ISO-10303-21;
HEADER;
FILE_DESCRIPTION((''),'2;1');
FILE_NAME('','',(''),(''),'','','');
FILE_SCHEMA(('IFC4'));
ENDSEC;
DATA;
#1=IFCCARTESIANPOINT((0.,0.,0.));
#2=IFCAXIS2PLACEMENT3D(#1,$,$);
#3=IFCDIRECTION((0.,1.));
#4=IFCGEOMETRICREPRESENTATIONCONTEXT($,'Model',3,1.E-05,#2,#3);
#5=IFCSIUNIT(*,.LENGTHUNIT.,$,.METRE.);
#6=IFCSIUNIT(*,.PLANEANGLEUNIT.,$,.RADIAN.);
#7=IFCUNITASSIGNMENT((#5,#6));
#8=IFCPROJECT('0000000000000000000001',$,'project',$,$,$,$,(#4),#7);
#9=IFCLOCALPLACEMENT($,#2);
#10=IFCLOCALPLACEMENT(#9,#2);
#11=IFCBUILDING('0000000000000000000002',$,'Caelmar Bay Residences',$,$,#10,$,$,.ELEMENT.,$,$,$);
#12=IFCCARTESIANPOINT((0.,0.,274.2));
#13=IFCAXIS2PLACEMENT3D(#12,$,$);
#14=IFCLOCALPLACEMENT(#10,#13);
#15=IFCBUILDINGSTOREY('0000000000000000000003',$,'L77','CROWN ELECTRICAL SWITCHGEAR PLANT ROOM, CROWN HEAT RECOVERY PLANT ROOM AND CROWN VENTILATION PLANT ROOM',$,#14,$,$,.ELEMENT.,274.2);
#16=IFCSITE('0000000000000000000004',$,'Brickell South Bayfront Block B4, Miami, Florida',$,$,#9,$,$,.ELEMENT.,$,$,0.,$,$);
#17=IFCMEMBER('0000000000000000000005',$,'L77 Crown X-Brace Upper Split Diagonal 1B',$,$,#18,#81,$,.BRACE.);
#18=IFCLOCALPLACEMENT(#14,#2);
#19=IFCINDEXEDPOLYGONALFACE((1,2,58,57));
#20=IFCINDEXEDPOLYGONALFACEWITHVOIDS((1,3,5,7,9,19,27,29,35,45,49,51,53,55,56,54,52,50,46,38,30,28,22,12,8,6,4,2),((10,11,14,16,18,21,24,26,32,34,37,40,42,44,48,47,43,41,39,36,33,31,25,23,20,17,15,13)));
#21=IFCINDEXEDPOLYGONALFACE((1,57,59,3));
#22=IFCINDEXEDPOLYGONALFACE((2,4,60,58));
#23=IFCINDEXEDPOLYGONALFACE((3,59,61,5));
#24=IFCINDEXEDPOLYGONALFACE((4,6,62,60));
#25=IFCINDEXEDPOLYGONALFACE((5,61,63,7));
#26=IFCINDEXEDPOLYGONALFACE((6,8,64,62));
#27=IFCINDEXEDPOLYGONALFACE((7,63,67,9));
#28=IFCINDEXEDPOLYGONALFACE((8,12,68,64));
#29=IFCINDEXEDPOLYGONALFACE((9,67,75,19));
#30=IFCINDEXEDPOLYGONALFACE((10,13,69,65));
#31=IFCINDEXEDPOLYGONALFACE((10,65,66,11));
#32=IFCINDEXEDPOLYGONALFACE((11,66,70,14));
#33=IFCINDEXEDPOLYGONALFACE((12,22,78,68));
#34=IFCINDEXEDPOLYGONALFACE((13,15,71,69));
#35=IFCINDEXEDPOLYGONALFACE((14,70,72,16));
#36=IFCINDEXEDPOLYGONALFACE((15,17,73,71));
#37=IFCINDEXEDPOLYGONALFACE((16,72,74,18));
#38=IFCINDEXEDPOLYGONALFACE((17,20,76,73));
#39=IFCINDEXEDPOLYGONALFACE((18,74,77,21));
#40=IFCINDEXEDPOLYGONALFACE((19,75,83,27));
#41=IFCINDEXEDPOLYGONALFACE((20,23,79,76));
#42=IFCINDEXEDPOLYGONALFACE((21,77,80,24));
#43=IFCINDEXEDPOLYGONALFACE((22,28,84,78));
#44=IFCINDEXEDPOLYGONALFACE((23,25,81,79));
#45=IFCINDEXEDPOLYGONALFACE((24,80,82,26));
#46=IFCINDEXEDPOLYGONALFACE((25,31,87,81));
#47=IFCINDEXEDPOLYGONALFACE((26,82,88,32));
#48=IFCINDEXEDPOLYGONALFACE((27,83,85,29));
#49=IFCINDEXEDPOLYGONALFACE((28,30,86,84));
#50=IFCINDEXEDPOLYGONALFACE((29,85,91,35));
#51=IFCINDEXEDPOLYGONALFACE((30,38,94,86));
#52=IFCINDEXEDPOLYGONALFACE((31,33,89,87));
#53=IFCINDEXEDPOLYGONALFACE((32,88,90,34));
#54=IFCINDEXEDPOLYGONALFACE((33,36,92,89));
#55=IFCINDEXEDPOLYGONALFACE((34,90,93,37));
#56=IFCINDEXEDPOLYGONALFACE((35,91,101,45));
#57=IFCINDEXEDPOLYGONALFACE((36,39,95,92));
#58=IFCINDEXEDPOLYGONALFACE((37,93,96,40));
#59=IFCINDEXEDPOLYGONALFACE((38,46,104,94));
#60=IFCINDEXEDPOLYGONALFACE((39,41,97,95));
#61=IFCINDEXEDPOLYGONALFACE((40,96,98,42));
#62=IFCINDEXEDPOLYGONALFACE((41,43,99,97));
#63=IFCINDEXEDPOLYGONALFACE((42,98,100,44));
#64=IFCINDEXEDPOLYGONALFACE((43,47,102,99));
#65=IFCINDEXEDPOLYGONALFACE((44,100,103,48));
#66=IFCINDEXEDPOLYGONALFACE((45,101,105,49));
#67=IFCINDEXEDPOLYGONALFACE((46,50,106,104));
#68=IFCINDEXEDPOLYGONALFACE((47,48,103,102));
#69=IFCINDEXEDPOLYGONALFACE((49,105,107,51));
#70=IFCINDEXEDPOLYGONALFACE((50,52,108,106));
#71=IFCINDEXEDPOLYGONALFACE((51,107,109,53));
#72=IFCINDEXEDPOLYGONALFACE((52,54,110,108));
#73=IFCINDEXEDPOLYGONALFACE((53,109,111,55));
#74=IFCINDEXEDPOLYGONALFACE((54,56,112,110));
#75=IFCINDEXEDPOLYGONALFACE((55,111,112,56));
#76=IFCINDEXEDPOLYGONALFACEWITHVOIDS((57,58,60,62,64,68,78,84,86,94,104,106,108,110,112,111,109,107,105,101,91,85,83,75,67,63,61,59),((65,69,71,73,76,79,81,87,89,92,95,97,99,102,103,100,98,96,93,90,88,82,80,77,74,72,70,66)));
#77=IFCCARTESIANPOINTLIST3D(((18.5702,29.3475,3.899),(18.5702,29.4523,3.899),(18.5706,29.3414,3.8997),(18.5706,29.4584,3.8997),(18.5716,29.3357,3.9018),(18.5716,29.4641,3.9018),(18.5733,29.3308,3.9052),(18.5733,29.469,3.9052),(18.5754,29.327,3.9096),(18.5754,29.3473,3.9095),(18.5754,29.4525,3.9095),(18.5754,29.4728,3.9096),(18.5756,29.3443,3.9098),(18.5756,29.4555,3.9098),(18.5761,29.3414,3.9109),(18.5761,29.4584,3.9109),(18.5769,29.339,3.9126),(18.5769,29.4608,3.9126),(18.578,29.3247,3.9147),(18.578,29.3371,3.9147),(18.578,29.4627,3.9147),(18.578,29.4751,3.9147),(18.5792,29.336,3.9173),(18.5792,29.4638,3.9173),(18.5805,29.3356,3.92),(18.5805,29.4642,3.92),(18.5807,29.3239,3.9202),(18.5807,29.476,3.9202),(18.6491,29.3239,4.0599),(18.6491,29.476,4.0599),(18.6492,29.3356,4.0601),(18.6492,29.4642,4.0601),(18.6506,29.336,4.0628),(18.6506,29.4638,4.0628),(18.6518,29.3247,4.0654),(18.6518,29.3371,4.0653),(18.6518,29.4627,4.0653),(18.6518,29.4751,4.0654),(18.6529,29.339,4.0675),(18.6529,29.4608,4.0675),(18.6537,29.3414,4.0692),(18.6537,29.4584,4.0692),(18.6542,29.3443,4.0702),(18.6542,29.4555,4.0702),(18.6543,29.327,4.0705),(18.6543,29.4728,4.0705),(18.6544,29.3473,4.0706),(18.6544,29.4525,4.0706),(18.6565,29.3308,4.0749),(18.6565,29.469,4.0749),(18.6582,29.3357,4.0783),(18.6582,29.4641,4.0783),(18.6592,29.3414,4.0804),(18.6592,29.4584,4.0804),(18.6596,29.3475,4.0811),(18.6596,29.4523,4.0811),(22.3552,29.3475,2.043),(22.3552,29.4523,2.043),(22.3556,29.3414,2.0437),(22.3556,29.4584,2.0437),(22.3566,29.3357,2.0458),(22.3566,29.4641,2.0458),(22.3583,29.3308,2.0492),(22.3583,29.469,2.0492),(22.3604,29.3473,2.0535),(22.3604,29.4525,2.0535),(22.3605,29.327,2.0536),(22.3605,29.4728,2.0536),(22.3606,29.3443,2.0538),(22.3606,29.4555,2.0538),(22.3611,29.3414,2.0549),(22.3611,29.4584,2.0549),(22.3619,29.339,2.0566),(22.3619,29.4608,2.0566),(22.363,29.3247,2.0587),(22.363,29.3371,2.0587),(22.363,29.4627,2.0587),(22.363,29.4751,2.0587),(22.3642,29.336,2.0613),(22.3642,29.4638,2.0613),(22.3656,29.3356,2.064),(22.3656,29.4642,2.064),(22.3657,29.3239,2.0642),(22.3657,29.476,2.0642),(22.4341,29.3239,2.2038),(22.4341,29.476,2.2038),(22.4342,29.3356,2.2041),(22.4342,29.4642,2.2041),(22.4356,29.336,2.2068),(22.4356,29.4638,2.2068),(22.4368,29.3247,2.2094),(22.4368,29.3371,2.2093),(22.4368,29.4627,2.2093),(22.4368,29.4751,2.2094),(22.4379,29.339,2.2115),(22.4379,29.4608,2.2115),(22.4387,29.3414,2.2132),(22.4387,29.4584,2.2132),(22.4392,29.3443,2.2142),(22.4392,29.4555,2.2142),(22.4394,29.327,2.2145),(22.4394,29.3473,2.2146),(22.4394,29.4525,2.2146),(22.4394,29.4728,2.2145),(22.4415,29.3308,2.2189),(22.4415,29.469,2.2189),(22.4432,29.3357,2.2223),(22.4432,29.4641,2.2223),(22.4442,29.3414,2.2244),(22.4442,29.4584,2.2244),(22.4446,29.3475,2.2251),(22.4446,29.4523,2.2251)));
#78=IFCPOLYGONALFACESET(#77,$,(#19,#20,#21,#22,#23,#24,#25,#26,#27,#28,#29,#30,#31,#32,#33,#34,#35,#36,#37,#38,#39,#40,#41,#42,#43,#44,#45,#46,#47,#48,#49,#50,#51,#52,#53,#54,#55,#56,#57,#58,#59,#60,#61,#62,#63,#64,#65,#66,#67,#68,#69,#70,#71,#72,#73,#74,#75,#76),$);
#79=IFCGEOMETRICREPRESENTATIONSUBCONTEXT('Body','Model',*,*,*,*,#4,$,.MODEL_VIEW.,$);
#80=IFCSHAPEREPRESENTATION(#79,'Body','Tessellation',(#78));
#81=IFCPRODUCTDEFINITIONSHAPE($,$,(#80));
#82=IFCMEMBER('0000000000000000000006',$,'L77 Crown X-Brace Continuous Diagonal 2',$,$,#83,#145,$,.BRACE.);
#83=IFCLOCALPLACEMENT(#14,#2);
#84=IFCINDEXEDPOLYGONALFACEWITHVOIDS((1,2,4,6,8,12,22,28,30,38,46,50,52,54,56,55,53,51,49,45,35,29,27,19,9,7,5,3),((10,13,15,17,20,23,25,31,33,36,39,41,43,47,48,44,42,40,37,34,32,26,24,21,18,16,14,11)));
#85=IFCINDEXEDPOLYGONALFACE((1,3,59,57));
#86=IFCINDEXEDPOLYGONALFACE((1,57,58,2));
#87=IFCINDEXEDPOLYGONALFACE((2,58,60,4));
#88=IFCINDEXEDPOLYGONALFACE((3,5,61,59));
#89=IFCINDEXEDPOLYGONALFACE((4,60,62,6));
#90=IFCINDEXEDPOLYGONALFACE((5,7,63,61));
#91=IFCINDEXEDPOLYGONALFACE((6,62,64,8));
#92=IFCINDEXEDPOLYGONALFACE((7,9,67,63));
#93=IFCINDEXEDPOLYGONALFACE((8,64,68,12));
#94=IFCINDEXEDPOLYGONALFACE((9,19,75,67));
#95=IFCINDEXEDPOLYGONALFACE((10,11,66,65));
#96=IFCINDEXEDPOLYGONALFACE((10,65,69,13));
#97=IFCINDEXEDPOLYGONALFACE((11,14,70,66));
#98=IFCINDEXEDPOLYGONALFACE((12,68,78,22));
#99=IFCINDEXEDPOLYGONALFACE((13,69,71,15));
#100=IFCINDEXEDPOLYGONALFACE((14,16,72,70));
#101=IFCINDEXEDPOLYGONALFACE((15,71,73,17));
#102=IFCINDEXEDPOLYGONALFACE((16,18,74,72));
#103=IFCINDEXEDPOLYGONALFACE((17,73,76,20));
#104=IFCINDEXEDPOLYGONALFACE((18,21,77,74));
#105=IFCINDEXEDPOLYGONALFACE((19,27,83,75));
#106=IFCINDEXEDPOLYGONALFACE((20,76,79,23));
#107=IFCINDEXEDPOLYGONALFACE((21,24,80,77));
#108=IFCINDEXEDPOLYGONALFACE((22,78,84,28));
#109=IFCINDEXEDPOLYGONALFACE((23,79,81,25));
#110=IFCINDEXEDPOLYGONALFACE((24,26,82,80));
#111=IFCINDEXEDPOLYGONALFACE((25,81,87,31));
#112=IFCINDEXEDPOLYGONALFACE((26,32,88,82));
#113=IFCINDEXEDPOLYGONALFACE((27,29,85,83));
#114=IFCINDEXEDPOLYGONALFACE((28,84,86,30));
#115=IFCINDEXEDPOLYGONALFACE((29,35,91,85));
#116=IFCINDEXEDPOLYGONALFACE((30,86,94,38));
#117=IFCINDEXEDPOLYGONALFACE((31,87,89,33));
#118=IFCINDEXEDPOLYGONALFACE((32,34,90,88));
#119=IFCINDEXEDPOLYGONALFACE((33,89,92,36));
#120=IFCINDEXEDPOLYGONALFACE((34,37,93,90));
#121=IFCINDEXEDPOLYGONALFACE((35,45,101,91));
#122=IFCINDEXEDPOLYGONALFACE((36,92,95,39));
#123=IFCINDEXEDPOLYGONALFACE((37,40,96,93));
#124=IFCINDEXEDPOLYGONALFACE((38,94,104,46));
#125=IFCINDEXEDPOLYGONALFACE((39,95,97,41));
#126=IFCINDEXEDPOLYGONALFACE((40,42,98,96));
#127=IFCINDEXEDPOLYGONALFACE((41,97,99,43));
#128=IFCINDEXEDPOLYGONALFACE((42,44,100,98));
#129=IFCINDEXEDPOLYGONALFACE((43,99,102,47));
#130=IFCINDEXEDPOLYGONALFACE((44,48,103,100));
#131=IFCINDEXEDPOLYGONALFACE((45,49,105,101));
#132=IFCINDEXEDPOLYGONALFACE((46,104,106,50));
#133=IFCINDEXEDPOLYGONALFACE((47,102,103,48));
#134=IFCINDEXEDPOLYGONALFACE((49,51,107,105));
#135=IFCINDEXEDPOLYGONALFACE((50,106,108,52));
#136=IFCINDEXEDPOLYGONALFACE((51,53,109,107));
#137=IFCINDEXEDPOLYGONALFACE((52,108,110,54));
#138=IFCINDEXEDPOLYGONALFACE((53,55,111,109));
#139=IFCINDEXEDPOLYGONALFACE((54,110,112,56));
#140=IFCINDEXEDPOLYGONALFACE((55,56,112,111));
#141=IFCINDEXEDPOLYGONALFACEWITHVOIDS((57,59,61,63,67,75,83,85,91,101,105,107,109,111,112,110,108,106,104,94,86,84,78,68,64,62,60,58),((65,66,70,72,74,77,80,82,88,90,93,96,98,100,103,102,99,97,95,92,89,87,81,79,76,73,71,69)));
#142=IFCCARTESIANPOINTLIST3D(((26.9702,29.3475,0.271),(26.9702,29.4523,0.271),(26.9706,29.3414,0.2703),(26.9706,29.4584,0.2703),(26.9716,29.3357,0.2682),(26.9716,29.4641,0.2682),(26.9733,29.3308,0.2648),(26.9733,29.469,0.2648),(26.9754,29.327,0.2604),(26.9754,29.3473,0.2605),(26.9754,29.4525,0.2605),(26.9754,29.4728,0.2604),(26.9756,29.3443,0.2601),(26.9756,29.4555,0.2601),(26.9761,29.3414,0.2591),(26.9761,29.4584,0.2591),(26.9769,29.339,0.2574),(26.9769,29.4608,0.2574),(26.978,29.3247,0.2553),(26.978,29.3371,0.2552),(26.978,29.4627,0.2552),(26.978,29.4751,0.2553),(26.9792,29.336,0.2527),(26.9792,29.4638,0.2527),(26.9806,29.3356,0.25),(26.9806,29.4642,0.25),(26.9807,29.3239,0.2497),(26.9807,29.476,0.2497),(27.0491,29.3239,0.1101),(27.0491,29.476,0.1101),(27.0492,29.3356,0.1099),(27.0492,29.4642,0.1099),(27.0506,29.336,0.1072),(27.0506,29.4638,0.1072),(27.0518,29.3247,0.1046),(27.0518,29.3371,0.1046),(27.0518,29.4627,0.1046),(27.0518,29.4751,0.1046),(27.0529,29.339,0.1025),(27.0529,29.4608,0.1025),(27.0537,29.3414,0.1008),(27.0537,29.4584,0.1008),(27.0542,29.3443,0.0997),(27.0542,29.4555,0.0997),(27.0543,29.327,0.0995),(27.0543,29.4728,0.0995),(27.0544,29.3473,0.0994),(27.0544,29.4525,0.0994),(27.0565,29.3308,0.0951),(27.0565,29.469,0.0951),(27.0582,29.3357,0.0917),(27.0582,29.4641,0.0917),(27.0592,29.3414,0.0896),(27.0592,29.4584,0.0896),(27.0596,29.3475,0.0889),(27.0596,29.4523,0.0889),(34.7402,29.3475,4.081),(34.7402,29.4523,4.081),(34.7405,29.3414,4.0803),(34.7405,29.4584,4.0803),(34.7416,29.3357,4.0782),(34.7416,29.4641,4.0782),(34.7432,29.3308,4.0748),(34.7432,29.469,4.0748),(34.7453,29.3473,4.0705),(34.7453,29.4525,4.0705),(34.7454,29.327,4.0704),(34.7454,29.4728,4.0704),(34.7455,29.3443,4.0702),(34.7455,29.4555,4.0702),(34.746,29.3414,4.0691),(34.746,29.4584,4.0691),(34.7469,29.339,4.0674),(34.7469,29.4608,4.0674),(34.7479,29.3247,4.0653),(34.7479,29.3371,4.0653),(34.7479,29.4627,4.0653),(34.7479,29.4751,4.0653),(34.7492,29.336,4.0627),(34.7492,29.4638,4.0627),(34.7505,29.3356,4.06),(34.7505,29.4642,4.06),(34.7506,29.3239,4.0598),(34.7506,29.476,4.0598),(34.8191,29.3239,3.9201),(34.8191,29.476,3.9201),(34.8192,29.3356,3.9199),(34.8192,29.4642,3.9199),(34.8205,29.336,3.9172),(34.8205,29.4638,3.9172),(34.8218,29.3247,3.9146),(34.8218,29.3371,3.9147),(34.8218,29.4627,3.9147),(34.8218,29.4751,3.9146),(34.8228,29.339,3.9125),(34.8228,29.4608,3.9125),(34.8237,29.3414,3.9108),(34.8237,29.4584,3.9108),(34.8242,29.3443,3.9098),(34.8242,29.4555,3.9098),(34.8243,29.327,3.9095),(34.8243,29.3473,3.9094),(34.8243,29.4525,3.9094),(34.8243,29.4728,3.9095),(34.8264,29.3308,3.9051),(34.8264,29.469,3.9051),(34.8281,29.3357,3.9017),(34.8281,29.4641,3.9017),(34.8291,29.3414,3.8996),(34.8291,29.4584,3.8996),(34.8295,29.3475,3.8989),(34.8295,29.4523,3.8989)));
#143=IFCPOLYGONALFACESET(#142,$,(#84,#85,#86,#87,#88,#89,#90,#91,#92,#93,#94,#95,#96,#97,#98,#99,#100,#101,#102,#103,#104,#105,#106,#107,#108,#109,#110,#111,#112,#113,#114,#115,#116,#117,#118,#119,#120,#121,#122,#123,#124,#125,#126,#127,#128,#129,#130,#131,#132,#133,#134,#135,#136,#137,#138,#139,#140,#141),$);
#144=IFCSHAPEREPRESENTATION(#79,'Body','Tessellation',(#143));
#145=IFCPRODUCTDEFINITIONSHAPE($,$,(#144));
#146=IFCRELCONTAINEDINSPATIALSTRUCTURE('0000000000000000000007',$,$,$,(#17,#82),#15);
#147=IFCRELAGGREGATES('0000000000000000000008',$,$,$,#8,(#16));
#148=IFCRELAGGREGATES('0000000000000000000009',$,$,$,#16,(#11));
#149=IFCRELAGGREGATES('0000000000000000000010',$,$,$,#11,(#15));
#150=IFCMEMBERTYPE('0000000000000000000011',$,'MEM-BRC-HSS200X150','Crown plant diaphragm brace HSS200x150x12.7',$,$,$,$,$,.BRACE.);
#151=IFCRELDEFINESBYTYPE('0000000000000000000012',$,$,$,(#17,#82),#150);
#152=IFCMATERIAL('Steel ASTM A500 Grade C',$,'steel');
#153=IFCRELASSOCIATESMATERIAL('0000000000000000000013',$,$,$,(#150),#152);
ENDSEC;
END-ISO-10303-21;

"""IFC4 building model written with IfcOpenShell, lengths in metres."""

from ifc_helpers import new_model, si_unit, direction, frame, origin, origin_2d, place, context, subcontext, project, spatial, hollow_rectangle, extrude, material, material_profile, profile_set, type_object, element, save


model = new_model("IFC4")

# Units and contexts
model_context = context("Model", 3, precision=1e-05, world=origin(), true_north=direction((0.0, 1.0)))
body_context = subcontext(model_context, "Body", "Model", "MODEL_VIEW")
ifc_project = project(units=[si_unit("LENGTHUNIT", "METRE"), si_unit("PLANEANGLEUNIT", "RADIAN")], contexts=[model_context])

# Site, building, storey
site_placement = place(None, origin())
site = spatial("IfcSite", under=ifc_project, at=site_placement, Name="Brickell South Bayfront Block B4, Miami, Florida", CompositionType="ELEMENT", RefElevation=0.0)
building_placement = place(site_placement, origin())
building = spatial("IfcBuilding", under=site, at=building_placement, Name="Caelmar Bay Residences", CompositionType="ELEMENT")
storey_placement = place(building_placement, frame((0.0, 0.0, 274.2)))
storey = spatial("IfcBuildingStorey", under=building, at=storey_placement, Name="L77", Description="CROWN ELECTRICAL SWITCHGEAR PLANT ROOM, CROWN HEAT RECOVERY PLANT ROOM AND CROWN VENTILATION PLANT ROOM", CompositionType="ELEMENT", Elevation=274.2)

# Members
ifc_material_1 = material(Name="Steel ASTM A500 Grade C", Category="steel")
ifc_material_profile_1 = material_profile(ifc_material_1, hollow_rectangle(XDim=0.1521, YDim=0.2029, WallThickness=0.0117, InnerFilletRadius=0.0117, OuterFilletRadius=0.0237, at=origin_2d()), Name="HSS200X150X12.7")
ifc_profile_set_1 = profile_set([ifc_material_profile_1], Name="Steel ASTM A500 Grade C")
member_type = type_object("IfcMemberType", Name="MEM-BRC-HSS200X150", Description="Crown plant diaphragm brace HSS200x150x12.7", PredefinedType="BRACE", material=ifc_profile_set_1)
for number, where, z_axis, x_axis, name in (
    (1, (22.3999, 29.3999, 2.134), (-0.897864, 0.0, 0.440273), (0.0, -1.0, 0.0), "L77 Crown X-Brace Upper Split Diagonal 1B"),
):
    element("IfcMember", number, at=place(storey_placement, frame(where, z_axis=z_axis, x_axis=x_axis)), inside=storey, type_object=member_type, Name=name, PredefinedType="BRACE", context=body_context, shape_type="SweptSolid", body=[
        extrude(hollow_rectangle(XDim=0.1521, YDim=0.2029, WallThickness=0.0117, InnerFilletRadius=0.0117, OuterFilletRadius=0.0237, at=origin_2d()), origin(), (0.0, 0.0, 1.0), 4.2156),
    ])
member_1_placement = place(storey_placement, frame((27.0149, 29.3999, 0.1799), z_axis=(0.897865, 0.0, 0.440271), x_axis=(0.0, 1.0, 0.0)))
element("IfcMember", 2, at=member_1_placement, inside=storey, type_object=member_type, Name="L77 Crown X-Brace Continuous Diagonal 2", PredefinedType="BRACE", context=body_context, shape_type="SweptSolid", body=[
    extrude(hollow_rectangle(XDim=0.1521, YDim=0.2029, WallThickness=0.0117, InnerFilletRadius=0.0117, OuterFilletRadius=0.0237, at=origin_2d()), origin(), (0.0, 0.0, 1.0), 8.6538),
])

save(model, "model.ifc")
